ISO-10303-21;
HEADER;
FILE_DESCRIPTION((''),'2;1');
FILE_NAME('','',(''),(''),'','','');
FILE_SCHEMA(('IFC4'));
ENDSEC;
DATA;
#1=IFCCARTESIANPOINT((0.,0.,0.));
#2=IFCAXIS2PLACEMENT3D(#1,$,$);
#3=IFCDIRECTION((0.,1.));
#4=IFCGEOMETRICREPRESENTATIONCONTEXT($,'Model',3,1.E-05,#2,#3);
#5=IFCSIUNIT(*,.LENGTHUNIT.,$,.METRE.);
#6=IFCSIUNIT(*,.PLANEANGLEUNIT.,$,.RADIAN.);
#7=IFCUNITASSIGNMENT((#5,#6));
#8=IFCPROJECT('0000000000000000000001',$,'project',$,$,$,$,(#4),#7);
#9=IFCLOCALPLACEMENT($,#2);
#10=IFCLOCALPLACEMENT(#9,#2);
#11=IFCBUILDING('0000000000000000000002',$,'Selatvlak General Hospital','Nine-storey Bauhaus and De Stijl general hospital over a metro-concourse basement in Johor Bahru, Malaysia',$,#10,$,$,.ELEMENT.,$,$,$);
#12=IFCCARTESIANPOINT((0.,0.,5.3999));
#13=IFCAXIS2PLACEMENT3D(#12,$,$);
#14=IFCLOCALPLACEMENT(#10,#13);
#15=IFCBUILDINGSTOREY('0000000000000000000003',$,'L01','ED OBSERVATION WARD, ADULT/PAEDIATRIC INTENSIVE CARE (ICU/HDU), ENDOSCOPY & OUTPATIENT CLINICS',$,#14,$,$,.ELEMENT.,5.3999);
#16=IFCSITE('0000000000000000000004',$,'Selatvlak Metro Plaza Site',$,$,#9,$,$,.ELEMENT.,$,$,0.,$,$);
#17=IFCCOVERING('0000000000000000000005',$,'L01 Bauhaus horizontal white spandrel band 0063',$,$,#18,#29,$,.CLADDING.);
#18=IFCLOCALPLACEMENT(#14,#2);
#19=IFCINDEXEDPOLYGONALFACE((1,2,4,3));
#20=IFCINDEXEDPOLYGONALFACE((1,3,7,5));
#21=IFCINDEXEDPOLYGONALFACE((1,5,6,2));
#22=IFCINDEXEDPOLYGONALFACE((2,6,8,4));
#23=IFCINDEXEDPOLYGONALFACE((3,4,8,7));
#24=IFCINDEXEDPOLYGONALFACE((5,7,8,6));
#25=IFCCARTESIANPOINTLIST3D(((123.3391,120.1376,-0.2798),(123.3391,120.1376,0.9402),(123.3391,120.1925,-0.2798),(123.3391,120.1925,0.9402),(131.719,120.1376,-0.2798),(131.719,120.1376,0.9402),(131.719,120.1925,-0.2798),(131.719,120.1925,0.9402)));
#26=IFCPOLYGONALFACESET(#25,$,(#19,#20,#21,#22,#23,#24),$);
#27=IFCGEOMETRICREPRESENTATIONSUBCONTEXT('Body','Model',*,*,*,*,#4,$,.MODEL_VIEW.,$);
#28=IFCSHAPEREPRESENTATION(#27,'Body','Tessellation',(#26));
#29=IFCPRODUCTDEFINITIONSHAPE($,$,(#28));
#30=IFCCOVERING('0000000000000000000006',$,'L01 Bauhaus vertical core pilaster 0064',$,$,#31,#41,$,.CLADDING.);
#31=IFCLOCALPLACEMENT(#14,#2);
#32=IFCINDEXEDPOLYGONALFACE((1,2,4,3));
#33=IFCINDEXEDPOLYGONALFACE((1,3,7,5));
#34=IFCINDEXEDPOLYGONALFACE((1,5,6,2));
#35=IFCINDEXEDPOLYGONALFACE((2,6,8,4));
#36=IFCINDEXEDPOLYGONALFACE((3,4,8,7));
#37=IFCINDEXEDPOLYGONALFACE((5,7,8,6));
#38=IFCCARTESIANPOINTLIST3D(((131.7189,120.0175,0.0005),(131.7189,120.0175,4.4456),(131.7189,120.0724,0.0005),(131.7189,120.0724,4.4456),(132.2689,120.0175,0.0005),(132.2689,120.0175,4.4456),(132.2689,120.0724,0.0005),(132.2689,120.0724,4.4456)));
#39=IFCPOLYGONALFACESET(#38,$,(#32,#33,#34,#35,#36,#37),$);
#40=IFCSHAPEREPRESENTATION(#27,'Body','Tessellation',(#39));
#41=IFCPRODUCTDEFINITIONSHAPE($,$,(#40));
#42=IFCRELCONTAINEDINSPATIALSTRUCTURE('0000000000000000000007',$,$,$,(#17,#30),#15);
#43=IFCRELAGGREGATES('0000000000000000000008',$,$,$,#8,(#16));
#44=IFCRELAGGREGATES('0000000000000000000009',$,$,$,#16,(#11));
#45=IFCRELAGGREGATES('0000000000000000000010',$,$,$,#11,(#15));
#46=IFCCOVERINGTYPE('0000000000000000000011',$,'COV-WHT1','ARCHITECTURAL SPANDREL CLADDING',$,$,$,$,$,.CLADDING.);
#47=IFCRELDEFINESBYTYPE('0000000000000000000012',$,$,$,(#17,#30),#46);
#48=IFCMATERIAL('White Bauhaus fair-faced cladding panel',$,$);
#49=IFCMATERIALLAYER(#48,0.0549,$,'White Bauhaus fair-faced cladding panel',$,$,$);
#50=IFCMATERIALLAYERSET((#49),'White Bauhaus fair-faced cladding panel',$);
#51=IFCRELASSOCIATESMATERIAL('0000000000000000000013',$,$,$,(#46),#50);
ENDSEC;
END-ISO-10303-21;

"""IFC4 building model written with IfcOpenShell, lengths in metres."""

from ifc_helpers import new_model, si_unit, direction, frame, origin, origin_2d, place, context, subcontext, project, spatial, rectangle, extrude, material, layer, layer_set, type_object, element, save


model = new_model("IFC4")

# Units and contexts
model_context = context("Model", 3, precision=1e-05, world=origin(), true_north=direction((0.0, 1.0)))
body_context = subcontext(model_context, "Body", "Model", "MODEL_VIEW")
ifc_project = project(units=[si_unit("LENGTHUNIT", "METRE"), si_unit("PLANEANGLEUNIT", "RADIAN")], contexts=[model_context])

# Site, building, storey
site_placement = place(None, origin())
site = spatial("IfcSite", under=ifc_project, at=site_placement, Name="Selatvlak Metro Plaza Site", CompositionType="ELEMENT", RefElevation=0.0)
building_placement = place(site_placement, origin())
building = spatial("IfcBuilding", under=site, at=building_placement, Name="Selatvlak General Hospital", Description="Nine-storey Bauhaus and De Stijl general hospital over a metro-concourse basement in Johor Bahru, Malaysia", CompositionType="ELEMENT")
storey_placement = place(building_placement, frame((0.0, 0.0, 5.3999)))
storey = spatial("IfcBuildingStorey", under=building, at=storey_placement, Name="L01", Description="ED OBSERVATION WARD, ADULT/PAEDIATRIC INTENSIVE CARE (ICU/HDU), ENDOSCOPY & OUTPATIENT CLINICS", CompositionType="ELEMENT", Elevation=5.3999)

# Coverings
ifc_material_1 = material(Name="White Bauhaus fair-faced cladding panel")
ifc_layer_1 = layer(ifc_material_1, 0.0549, Name="White Bauhaus fair-faced cladding panel")
ifc_layer_set_1 = layer_set([ifc_layer_1], Name="White Bauhaus fair-faced cladding panel")
covering_type = type_object("IfcCoveringType", Name="COV-WHT1", Description="ARCHITECTURAL SPANDREL CLADDING", PredefinedType="CLADDING", material=ifc_layer_set_1)
covering_1_placement = place(storey_placement, frame((127.5291, 120.165, -0.2798), z_axis=(0.0, 0.0, 1.0), x_axis=(1.0, 0.0, 0.0)))
element("IfcCovering", 1, at=covering_1_placement, inside=storey, type_object=covering_type, Name="L01 Bauhaus horizontal white spandrel band 0063", PredefinedType="CLADDING", context=body_context, shape_type="SweptSolid", body=[
    extrude(rectangle(XDim=8.3799, YDim=0.0549, at=origin_2d()), origin(), (0.0, 0.0, 1.0), 1.22),
])
covering_2_placement = place(storey_placement, frame((131.9939, 120.0449, 0.0005), z_axis=(0.0, 0.0, 1.0), x_axis=(1.0, 0.0, 0.0)))
element("IfcCovering", 2, at=covering_2_placement, inside=storey, type_object=covering_type, Name="L01 Bauhaus vertical core pilaster 0064", PredefinedType="CLADDING", context=body_context, shape_type="SweptSolid", body=[
    extrude(rectangle(XDim=0.55, YDim=0.0549, at=origin_2d()), origin(), (0.0, 0.0, 1.0), 4.4451),
])

save(model, "model.ifc")
